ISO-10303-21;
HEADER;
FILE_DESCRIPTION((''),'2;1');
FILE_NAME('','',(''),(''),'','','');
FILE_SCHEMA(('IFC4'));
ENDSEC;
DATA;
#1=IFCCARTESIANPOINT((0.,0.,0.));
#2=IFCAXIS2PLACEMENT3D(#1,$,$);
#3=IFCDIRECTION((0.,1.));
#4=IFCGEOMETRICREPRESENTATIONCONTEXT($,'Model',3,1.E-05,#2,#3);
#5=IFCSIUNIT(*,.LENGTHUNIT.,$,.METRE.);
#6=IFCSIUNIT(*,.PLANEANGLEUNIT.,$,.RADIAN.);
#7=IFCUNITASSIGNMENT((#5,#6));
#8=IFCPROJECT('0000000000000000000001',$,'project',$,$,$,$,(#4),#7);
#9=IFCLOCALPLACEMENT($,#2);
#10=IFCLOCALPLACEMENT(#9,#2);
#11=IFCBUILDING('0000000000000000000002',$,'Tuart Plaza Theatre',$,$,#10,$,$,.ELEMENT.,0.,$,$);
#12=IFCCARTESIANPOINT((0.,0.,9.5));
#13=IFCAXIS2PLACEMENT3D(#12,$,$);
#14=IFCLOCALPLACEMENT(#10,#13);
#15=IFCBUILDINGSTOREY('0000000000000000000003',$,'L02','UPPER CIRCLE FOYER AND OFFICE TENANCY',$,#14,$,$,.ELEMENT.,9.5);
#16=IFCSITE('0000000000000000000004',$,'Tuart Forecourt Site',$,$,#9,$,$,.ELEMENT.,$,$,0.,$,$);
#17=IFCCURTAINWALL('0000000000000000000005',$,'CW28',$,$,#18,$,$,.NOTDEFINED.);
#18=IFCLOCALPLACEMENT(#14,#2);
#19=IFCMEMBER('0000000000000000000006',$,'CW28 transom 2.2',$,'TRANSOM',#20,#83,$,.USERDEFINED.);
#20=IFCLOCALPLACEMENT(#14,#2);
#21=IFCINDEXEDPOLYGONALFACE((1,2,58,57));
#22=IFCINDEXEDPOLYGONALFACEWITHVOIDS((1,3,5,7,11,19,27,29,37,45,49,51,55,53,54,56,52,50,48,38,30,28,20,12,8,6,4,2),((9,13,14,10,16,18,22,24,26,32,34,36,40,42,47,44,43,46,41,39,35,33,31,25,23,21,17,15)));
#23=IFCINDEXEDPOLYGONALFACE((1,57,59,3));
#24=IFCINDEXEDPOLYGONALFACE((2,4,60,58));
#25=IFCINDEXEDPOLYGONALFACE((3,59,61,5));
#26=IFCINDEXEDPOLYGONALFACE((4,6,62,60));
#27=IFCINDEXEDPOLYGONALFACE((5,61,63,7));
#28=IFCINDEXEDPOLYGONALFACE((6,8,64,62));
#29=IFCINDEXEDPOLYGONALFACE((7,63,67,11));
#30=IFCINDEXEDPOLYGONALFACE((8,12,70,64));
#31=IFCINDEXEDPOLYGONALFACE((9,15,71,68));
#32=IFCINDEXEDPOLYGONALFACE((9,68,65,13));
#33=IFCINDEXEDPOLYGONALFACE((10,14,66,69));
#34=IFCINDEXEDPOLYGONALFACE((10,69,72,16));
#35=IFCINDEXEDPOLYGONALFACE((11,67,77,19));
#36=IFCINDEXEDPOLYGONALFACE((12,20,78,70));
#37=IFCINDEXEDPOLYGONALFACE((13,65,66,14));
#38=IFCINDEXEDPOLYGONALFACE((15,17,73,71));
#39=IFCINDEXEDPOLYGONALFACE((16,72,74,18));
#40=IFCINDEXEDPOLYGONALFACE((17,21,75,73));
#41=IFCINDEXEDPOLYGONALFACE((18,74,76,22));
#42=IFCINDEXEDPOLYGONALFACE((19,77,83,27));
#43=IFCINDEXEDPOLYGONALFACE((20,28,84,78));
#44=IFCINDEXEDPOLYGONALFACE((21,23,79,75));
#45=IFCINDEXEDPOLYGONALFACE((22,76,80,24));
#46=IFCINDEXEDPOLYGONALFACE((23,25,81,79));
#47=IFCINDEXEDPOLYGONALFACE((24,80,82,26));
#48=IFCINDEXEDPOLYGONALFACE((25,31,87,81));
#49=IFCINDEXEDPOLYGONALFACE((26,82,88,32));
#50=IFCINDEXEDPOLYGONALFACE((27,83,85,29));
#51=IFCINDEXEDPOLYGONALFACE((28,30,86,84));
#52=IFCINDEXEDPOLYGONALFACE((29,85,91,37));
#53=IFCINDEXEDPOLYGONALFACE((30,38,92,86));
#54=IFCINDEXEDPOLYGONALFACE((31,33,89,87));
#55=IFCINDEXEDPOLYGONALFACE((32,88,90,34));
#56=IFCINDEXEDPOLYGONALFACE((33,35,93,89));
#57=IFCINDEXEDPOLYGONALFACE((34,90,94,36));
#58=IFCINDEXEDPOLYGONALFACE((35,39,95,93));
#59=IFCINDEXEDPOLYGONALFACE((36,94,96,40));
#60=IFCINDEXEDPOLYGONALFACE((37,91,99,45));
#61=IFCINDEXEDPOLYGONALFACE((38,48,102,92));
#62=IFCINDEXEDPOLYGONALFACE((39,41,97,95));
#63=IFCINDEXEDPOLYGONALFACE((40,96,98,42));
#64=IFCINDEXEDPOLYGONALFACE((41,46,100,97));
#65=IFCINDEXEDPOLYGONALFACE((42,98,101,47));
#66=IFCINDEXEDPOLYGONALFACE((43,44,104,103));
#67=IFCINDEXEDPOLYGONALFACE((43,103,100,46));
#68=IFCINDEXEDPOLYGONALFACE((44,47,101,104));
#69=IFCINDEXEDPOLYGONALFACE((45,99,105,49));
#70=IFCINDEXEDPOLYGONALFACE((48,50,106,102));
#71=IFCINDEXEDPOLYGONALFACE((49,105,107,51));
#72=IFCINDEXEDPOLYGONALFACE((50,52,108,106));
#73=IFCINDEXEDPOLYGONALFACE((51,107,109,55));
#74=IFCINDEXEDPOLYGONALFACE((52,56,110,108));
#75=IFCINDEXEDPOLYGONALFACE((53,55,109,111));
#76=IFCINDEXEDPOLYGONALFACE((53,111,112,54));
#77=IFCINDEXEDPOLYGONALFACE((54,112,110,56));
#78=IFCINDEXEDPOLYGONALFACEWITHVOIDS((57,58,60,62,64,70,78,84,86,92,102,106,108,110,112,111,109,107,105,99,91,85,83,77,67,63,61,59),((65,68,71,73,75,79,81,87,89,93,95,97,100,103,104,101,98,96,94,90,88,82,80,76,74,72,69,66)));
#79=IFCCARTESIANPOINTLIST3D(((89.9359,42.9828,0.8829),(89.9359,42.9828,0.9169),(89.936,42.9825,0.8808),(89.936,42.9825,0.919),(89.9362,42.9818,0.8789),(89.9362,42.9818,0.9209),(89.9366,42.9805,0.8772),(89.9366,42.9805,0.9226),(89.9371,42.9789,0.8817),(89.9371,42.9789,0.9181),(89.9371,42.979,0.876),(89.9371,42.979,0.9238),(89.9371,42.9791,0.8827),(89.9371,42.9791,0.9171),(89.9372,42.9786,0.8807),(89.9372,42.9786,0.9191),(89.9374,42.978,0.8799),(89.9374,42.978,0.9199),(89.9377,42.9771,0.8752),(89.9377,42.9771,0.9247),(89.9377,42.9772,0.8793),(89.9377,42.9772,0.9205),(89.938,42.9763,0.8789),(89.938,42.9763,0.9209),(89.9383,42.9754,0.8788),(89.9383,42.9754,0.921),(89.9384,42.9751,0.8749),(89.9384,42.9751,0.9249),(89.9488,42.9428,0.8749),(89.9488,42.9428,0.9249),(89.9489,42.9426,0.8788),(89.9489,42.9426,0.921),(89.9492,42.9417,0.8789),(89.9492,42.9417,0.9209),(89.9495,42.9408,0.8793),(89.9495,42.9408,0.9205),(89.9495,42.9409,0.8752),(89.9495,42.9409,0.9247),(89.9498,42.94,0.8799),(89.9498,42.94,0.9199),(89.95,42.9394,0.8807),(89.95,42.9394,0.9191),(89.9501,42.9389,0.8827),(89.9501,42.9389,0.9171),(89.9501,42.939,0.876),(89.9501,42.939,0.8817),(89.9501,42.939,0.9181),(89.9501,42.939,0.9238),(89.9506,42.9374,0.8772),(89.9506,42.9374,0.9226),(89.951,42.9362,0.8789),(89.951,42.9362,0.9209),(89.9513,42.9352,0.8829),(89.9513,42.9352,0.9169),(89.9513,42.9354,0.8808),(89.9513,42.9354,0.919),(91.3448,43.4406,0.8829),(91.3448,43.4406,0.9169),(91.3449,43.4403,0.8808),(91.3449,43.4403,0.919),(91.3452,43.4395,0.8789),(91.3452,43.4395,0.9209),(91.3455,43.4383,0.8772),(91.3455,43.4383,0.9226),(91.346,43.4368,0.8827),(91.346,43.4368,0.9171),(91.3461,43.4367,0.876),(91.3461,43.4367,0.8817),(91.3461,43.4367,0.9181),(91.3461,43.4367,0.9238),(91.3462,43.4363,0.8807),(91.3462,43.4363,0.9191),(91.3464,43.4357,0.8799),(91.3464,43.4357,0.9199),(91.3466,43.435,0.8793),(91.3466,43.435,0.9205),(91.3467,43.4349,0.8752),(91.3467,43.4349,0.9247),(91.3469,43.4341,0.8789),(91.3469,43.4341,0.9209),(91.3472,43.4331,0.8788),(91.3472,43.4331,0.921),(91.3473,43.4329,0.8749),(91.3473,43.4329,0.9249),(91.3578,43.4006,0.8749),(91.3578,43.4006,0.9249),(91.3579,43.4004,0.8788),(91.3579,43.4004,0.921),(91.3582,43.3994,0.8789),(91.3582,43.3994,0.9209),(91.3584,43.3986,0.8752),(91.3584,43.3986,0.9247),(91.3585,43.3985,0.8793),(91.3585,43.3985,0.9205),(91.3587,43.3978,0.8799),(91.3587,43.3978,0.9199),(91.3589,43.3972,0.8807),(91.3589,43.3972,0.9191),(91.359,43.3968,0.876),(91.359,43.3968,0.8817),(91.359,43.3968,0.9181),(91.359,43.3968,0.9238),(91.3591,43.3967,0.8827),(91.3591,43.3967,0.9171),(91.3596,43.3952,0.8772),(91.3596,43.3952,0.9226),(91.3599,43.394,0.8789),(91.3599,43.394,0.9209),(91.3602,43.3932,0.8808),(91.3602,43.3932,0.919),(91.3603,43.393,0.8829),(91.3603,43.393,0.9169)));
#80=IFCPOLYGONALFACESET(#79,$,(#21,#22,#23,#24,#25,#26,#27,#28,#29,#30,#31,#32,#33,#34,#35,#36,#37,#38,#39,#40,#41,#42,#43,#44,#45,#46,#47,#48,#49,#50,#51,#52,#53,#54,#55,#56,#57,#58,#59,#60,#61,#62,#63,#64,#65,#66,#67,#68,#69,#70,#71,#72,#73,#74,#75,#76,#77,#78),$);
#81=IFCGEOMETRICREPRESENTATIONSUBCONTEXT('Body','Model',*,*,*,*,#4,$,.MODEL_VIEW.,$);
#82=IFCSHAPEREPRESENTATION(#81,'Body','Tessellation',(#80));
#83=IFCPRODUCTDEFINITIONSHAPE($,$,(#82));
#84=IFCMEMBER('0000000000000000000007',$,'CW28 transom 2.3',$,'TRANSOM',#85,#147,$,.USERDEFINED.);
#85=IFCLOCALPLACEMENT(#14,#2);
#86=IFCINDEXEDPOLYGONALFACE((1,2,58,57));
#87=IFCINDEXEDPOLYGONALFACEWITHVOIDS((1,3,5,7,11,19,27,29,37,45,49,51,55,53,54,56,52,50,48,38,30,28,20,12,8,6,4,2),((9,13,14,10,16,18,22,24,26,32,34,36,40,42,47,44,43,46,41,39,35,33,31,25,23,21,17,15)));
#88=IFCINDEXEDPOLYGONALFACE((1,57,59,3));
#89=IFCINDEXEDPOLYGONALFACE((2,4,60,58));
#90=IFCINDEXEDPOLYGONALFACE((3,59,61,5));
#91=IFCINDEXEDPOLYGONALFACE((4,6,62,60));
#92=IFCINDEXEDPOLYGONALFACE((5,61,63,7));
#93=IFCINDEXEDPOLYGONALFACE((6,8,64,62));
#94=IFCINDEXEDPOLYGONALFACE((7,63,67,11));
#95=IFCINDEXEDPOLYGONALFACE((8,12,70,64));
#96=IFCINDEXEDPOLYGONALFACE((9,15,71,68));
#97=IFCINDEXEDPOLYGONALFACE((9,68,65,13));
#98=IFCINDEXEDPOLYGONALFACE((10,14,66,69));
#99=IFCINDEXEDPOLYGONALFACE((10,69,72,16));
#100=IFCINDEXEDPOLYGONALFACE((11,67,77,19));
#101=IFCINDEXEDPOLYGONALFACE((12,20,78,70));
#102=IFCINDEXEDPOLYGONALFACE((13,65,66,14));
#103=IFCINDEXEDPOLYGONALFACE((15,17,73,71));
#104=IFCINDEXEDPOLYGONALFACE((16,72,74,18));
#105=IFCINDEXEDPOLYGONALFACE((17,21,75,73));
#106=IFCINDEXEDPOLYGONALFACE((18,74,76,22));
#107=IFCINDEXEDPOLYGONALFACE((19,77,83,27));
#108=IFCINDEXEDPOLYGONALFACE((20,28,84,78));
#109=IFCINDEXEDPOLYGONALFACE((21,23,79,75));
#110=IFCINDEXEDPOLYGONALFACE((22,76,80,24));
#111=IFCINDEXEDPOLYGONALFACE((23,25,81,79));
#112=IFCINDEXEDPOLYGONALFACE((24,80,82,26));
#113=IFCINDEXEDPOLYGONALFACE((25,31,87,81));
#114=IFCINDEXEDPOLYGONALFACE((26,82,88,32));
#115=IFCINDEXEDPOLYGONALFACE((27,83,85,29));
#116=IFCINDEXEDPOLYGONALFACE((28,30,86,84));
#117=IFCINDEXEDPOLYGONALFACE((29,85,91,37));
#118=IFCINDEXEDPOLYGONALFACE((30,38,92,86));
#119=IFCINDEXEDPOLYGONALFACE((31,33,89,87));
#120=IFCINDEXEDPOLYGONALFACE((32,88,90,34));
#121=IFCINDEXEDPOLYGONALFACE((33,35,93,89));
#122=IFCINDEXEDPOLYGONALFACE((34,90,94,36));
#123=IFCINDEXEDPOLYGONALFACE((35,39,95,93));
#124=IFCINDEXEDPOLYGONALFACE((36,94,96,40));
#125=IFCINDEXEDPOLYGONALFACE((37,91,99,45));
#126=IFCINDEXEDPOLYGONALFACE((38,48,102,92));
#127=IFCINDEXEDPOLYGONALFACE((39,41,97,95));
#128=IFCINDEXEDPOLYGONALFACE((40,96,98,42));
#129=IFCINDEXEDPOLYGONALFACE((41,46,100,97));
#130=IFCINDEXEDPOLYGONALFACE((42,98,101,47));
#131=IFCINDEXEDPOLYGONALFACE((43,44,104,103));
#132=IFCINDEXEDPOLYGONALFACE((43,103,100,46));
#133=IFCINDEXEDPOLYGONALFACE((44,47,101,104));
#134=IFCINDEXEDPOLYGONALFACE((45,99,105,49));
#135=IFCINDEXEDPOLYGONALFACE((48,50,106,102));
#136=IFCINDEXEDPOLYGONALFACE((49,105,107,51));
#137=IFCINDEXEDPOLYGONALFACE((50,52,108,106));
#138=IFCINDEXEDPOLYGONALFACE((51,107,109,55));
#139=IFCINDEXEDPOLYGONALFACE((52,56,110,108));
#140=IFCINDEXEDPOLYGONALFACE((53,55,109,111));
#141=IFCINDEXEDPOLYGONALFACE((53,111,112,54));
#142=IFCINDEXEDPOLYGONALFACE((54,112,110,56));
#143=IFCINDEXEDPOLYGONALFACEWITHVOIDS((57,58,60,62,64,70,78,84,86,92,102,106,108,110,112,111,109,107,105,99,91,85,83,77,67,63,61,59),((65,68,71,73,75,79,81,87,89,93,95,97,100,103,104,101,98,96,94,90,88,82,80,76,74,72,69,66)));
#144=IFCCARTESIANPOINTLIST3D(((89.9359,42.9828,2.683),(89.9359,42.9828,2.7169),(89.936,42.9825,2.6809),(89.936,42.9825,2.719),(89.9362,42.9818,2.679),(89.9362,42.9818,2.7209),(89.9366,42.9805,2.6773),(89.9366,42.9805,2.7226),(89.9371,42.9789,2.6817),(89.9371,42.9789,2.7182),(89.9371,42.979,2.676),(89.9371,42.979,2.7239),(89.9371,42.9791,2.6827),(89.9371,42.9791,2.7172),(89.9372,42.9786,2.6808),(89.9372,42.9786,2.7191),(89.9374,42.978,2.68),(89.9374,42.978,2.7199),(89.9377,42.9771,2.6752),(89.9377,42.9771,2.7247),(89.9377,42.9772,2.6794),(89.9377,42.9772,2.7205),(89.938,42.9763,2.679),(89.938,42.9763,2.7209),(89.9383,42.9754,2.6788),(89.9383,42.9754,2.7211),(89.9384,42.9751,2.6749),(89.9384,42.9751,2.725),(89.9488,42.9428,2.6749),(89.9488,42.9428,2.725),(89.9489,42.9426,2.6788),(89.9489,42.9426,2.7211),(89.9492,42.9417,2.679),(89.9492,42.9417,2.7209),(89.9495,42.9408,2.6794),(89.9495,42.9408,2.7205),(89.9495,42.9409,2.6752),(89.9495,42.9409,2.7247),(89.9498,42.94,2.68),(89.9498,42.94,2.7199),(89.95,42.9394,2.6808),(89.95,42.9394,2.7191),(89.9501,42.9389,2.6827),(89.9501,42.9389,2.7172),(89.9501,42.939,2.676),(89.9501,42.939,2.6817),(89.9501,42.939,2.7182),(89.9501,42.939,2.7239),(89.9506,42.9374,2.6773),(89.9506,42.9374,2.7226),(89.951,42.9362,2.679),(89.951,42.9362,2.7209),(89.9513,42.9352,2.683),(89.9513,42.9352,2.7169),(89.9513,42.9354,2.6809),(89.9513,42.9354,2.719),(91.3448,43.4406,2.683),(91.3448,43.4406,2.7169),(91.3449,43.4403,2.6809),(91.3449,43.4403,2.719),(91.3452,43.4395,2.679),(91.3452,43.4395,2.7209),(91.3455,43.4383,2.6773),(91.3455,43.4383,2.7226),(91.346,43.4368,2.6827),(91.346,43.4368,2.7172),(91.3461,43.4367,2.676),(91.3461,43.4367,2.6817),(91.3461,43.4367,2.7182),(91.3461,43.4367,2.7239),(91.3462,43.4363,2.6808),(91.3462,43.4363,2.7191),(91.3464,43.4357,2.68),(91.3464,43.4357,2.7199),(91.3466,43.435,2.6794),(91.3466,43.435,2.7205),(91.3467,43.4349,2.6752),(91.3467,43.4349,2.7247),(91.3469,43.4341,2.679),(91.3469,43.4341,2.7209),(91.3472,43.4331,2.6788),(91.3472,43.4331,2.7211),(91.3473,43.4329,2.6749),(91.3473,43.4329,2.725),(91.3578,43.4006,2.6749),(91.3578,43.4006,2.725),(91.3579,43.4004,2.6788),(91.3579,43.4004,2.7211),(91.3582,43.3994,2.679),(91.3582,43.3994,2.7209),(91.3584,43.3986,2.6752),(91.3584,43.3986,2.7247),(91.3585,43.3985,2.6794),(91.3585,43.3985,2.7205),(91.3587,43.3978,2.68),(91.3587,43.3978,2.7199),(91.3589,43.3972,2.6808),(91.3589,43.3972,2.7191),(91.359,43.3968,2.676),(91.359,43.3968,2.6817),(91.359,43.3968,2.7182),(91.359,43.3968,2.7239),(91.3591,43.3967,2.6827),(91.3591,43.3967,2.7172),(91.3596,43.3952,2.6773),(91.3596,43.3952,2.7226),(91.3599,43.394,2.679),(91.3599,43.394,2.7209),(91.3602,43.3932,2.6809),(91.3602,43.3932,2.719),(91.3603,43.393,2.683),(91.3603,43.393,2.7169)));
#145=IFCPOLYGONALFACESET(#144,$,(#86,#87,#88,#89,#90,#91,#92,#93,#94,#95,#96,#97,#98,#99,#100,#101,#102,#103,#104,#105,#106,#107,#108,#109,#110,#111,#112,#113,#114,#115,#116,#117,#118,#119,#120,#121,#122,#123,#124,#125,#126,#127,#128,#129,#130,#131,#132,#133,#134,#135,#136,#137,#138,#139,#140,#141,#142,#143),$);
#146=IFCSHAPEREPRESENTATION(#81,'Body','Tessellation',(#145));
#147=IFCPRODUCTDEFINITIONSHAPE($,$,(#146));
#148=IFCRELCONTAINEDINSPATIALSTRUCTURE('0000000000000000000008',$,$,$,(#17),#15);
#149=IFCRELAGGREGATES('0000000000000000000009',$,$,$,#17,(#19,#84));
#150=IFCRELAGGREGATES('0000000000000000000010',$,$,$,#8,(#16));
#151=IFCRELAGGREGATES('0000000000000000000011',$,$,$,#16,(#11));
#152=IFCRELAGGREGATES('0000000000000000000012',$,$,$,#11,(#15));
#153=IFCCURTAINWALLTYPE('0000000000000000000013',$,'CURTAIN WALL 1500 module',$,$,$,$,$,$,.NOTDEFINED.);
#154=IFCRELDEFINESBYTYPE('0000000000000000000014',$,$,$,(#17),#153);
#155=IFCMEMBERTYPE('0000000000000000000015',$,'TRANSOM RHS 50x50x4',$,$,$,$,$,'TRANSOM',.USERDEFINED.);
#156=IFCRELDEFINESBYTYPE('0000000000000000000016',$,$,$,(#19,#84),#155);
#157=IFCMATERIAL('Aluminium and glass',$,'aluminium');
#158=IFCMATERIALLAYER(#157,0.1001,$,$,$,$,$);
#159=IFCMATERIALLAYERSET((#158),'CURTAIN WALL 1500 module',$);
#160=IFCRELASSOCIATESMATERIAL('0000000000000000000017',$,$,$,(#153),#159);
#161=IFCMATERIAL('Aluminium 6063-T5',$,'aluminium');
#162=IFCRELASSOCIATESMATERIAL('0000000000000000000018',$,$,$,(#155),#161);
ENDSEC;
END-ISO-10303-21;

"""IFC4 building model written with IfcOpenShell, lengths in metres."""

from ifc_helpers import new_model, si_unit, direction, frame, origin, origin_2d, place, context, subcontext, project, spatial, hollow_rectangle, extrude, material, layer, layer_set, material_profile, profile_set, type_object, element, aggregate, save


model = new_model("IFC4")

# Units and contexts
model_context = context("Model", 3, precision=1e-05, world=origin(), true_north=direction((0.0, 1.0)))
body_context = subcontext(model_context, "Body", "Model", "MODEL_VIEW")
ifc_project = project(units=[si_unit("LENGTHUNIT", "METRE"), si_unit("PLANEANGLEUNIT", "RADIAN")], contexts=[model_context])

# Site, building, storey
site_placement = place(None, origin())
site = spatial("IfcSite", under=ifc_project, at=site_placement, Name="Tuart Forecourt Site", CompositionType="ELEMENT", RefElevation=0.0)
building_placement = place(site_placement, origin())
building = spatial("IfcBuilding", under=site, at=building_placement, Name="Tuart Plaza Theatre", CompositionType="ELEMENT", ElevationOfRefHeight=0.0)
storey_placement = place(building_placement, frame((0.0, 0.0, 9.5)))
storey = spatial("IfcBuildingStorey", under=building, at=storey_placement, Name="L02", Description="UPPER CIRCLE FOYER AND OFFICE TENANCY", CompositionType="ELEMENT", Elevation=9.5)

# Curtain wall, members
ifc_material_1 = material(Name="Aluminium and glass", Category="aluminium")
ifc_layer_1 = layer(ifc_material_1, 0.1001)
ifc_layer_set_1 = layer_set([ifc_layer_1], Name="CURTAIN WALL 1500 module")
curtain_wall_type = type_object("IfcCurtainWallType", Name="CURTAIN WALL 1500 module", PredefinedType="NOTDEFINED", material=ifc_layer_set_1)
curtain_wall_placement = place(storey_placement, origin())
curtain_wall = element("IfcCurtainWall", 1, at=curtain_wall_placement, inside=storey, type_object=curtain_wall_type, Name="CW28", PredefinedType="NOTDEFINED")
ifc_material_2 = material(Name="Aluminium 6063-T5", Category="aluminium")
ifc_material_profile_1 = material_profile(ifc_material_2, hollow_rectangle(XDim=0.05, YDim=0.05, WallThickness=0.0039, InnerFilletRadius=0.0039, OuterFilletRadius=0.0081, at=origin_2d()), Name="RHS 50x50x4")
ifc_profile_set_1 = profile_set([ifc_material_profile_1], Name="Aluminium 6063-T5")
member_type_1 = type_object("IfcMemberType", Name="TRANSOM RHS 50x50x4", ElementType="TRANSOM", PredefinedType="USERDEFINED", material=ifc_profile_set_1)
member_1_placement = place(storey_placement, frame((89.9436, 42.959, 0.8999), z_axis=(0.951062, 0.309, 0.0), x_axis=(-0.309, 0.951062, 0.0)))
member_1 = element("IfcMember", 2, at=member_1_placement, type_object=member_type_1, Name="CW28 transom 2.2", ObjectType="TRANSOM", PredefinedType="USERDEFINED", context=body_context, shape_type="SweptSolid", body=[
    extrude(hollow_rectangle(XDim=0.05, YDim=0.05, WallThickness=0.0039, InnerFilletRadius=0.0039, OuterFilletRadius=0.0081, at=origin_2d()), origin(), (0.0, 0.0, 1.0), 1.4814),
])
member_2_placement = place(storey_placement, frame((89.9436, 42.959, 2.7), z_axis=(0.951062, 0.309, 0.0), x_axis=(-0.309, 0.951062, 0.0)))
member_2 = element("IfcMember", 3, at=member_2_placement, type_object=member_type_1, Name="CW28 transom 2.3", ObjectType="TRANSOM", PredefinedType="USERDEFINED", context=body_context, shape_type="SweptSolid", body=[
    extrude(hollow_rectangle(XDim=0.05, YDim=0.05, WallThickness=0.0039, InnerFilletRadius=0.0039, OuterFilletRadius=0.0081, at=origin_2d()), origin(), (0.0, 0.0, 1.0), 1.4814),
])
aggregate(curtain_wall, [member_1, member_2])

save(model, "model.ifc")
